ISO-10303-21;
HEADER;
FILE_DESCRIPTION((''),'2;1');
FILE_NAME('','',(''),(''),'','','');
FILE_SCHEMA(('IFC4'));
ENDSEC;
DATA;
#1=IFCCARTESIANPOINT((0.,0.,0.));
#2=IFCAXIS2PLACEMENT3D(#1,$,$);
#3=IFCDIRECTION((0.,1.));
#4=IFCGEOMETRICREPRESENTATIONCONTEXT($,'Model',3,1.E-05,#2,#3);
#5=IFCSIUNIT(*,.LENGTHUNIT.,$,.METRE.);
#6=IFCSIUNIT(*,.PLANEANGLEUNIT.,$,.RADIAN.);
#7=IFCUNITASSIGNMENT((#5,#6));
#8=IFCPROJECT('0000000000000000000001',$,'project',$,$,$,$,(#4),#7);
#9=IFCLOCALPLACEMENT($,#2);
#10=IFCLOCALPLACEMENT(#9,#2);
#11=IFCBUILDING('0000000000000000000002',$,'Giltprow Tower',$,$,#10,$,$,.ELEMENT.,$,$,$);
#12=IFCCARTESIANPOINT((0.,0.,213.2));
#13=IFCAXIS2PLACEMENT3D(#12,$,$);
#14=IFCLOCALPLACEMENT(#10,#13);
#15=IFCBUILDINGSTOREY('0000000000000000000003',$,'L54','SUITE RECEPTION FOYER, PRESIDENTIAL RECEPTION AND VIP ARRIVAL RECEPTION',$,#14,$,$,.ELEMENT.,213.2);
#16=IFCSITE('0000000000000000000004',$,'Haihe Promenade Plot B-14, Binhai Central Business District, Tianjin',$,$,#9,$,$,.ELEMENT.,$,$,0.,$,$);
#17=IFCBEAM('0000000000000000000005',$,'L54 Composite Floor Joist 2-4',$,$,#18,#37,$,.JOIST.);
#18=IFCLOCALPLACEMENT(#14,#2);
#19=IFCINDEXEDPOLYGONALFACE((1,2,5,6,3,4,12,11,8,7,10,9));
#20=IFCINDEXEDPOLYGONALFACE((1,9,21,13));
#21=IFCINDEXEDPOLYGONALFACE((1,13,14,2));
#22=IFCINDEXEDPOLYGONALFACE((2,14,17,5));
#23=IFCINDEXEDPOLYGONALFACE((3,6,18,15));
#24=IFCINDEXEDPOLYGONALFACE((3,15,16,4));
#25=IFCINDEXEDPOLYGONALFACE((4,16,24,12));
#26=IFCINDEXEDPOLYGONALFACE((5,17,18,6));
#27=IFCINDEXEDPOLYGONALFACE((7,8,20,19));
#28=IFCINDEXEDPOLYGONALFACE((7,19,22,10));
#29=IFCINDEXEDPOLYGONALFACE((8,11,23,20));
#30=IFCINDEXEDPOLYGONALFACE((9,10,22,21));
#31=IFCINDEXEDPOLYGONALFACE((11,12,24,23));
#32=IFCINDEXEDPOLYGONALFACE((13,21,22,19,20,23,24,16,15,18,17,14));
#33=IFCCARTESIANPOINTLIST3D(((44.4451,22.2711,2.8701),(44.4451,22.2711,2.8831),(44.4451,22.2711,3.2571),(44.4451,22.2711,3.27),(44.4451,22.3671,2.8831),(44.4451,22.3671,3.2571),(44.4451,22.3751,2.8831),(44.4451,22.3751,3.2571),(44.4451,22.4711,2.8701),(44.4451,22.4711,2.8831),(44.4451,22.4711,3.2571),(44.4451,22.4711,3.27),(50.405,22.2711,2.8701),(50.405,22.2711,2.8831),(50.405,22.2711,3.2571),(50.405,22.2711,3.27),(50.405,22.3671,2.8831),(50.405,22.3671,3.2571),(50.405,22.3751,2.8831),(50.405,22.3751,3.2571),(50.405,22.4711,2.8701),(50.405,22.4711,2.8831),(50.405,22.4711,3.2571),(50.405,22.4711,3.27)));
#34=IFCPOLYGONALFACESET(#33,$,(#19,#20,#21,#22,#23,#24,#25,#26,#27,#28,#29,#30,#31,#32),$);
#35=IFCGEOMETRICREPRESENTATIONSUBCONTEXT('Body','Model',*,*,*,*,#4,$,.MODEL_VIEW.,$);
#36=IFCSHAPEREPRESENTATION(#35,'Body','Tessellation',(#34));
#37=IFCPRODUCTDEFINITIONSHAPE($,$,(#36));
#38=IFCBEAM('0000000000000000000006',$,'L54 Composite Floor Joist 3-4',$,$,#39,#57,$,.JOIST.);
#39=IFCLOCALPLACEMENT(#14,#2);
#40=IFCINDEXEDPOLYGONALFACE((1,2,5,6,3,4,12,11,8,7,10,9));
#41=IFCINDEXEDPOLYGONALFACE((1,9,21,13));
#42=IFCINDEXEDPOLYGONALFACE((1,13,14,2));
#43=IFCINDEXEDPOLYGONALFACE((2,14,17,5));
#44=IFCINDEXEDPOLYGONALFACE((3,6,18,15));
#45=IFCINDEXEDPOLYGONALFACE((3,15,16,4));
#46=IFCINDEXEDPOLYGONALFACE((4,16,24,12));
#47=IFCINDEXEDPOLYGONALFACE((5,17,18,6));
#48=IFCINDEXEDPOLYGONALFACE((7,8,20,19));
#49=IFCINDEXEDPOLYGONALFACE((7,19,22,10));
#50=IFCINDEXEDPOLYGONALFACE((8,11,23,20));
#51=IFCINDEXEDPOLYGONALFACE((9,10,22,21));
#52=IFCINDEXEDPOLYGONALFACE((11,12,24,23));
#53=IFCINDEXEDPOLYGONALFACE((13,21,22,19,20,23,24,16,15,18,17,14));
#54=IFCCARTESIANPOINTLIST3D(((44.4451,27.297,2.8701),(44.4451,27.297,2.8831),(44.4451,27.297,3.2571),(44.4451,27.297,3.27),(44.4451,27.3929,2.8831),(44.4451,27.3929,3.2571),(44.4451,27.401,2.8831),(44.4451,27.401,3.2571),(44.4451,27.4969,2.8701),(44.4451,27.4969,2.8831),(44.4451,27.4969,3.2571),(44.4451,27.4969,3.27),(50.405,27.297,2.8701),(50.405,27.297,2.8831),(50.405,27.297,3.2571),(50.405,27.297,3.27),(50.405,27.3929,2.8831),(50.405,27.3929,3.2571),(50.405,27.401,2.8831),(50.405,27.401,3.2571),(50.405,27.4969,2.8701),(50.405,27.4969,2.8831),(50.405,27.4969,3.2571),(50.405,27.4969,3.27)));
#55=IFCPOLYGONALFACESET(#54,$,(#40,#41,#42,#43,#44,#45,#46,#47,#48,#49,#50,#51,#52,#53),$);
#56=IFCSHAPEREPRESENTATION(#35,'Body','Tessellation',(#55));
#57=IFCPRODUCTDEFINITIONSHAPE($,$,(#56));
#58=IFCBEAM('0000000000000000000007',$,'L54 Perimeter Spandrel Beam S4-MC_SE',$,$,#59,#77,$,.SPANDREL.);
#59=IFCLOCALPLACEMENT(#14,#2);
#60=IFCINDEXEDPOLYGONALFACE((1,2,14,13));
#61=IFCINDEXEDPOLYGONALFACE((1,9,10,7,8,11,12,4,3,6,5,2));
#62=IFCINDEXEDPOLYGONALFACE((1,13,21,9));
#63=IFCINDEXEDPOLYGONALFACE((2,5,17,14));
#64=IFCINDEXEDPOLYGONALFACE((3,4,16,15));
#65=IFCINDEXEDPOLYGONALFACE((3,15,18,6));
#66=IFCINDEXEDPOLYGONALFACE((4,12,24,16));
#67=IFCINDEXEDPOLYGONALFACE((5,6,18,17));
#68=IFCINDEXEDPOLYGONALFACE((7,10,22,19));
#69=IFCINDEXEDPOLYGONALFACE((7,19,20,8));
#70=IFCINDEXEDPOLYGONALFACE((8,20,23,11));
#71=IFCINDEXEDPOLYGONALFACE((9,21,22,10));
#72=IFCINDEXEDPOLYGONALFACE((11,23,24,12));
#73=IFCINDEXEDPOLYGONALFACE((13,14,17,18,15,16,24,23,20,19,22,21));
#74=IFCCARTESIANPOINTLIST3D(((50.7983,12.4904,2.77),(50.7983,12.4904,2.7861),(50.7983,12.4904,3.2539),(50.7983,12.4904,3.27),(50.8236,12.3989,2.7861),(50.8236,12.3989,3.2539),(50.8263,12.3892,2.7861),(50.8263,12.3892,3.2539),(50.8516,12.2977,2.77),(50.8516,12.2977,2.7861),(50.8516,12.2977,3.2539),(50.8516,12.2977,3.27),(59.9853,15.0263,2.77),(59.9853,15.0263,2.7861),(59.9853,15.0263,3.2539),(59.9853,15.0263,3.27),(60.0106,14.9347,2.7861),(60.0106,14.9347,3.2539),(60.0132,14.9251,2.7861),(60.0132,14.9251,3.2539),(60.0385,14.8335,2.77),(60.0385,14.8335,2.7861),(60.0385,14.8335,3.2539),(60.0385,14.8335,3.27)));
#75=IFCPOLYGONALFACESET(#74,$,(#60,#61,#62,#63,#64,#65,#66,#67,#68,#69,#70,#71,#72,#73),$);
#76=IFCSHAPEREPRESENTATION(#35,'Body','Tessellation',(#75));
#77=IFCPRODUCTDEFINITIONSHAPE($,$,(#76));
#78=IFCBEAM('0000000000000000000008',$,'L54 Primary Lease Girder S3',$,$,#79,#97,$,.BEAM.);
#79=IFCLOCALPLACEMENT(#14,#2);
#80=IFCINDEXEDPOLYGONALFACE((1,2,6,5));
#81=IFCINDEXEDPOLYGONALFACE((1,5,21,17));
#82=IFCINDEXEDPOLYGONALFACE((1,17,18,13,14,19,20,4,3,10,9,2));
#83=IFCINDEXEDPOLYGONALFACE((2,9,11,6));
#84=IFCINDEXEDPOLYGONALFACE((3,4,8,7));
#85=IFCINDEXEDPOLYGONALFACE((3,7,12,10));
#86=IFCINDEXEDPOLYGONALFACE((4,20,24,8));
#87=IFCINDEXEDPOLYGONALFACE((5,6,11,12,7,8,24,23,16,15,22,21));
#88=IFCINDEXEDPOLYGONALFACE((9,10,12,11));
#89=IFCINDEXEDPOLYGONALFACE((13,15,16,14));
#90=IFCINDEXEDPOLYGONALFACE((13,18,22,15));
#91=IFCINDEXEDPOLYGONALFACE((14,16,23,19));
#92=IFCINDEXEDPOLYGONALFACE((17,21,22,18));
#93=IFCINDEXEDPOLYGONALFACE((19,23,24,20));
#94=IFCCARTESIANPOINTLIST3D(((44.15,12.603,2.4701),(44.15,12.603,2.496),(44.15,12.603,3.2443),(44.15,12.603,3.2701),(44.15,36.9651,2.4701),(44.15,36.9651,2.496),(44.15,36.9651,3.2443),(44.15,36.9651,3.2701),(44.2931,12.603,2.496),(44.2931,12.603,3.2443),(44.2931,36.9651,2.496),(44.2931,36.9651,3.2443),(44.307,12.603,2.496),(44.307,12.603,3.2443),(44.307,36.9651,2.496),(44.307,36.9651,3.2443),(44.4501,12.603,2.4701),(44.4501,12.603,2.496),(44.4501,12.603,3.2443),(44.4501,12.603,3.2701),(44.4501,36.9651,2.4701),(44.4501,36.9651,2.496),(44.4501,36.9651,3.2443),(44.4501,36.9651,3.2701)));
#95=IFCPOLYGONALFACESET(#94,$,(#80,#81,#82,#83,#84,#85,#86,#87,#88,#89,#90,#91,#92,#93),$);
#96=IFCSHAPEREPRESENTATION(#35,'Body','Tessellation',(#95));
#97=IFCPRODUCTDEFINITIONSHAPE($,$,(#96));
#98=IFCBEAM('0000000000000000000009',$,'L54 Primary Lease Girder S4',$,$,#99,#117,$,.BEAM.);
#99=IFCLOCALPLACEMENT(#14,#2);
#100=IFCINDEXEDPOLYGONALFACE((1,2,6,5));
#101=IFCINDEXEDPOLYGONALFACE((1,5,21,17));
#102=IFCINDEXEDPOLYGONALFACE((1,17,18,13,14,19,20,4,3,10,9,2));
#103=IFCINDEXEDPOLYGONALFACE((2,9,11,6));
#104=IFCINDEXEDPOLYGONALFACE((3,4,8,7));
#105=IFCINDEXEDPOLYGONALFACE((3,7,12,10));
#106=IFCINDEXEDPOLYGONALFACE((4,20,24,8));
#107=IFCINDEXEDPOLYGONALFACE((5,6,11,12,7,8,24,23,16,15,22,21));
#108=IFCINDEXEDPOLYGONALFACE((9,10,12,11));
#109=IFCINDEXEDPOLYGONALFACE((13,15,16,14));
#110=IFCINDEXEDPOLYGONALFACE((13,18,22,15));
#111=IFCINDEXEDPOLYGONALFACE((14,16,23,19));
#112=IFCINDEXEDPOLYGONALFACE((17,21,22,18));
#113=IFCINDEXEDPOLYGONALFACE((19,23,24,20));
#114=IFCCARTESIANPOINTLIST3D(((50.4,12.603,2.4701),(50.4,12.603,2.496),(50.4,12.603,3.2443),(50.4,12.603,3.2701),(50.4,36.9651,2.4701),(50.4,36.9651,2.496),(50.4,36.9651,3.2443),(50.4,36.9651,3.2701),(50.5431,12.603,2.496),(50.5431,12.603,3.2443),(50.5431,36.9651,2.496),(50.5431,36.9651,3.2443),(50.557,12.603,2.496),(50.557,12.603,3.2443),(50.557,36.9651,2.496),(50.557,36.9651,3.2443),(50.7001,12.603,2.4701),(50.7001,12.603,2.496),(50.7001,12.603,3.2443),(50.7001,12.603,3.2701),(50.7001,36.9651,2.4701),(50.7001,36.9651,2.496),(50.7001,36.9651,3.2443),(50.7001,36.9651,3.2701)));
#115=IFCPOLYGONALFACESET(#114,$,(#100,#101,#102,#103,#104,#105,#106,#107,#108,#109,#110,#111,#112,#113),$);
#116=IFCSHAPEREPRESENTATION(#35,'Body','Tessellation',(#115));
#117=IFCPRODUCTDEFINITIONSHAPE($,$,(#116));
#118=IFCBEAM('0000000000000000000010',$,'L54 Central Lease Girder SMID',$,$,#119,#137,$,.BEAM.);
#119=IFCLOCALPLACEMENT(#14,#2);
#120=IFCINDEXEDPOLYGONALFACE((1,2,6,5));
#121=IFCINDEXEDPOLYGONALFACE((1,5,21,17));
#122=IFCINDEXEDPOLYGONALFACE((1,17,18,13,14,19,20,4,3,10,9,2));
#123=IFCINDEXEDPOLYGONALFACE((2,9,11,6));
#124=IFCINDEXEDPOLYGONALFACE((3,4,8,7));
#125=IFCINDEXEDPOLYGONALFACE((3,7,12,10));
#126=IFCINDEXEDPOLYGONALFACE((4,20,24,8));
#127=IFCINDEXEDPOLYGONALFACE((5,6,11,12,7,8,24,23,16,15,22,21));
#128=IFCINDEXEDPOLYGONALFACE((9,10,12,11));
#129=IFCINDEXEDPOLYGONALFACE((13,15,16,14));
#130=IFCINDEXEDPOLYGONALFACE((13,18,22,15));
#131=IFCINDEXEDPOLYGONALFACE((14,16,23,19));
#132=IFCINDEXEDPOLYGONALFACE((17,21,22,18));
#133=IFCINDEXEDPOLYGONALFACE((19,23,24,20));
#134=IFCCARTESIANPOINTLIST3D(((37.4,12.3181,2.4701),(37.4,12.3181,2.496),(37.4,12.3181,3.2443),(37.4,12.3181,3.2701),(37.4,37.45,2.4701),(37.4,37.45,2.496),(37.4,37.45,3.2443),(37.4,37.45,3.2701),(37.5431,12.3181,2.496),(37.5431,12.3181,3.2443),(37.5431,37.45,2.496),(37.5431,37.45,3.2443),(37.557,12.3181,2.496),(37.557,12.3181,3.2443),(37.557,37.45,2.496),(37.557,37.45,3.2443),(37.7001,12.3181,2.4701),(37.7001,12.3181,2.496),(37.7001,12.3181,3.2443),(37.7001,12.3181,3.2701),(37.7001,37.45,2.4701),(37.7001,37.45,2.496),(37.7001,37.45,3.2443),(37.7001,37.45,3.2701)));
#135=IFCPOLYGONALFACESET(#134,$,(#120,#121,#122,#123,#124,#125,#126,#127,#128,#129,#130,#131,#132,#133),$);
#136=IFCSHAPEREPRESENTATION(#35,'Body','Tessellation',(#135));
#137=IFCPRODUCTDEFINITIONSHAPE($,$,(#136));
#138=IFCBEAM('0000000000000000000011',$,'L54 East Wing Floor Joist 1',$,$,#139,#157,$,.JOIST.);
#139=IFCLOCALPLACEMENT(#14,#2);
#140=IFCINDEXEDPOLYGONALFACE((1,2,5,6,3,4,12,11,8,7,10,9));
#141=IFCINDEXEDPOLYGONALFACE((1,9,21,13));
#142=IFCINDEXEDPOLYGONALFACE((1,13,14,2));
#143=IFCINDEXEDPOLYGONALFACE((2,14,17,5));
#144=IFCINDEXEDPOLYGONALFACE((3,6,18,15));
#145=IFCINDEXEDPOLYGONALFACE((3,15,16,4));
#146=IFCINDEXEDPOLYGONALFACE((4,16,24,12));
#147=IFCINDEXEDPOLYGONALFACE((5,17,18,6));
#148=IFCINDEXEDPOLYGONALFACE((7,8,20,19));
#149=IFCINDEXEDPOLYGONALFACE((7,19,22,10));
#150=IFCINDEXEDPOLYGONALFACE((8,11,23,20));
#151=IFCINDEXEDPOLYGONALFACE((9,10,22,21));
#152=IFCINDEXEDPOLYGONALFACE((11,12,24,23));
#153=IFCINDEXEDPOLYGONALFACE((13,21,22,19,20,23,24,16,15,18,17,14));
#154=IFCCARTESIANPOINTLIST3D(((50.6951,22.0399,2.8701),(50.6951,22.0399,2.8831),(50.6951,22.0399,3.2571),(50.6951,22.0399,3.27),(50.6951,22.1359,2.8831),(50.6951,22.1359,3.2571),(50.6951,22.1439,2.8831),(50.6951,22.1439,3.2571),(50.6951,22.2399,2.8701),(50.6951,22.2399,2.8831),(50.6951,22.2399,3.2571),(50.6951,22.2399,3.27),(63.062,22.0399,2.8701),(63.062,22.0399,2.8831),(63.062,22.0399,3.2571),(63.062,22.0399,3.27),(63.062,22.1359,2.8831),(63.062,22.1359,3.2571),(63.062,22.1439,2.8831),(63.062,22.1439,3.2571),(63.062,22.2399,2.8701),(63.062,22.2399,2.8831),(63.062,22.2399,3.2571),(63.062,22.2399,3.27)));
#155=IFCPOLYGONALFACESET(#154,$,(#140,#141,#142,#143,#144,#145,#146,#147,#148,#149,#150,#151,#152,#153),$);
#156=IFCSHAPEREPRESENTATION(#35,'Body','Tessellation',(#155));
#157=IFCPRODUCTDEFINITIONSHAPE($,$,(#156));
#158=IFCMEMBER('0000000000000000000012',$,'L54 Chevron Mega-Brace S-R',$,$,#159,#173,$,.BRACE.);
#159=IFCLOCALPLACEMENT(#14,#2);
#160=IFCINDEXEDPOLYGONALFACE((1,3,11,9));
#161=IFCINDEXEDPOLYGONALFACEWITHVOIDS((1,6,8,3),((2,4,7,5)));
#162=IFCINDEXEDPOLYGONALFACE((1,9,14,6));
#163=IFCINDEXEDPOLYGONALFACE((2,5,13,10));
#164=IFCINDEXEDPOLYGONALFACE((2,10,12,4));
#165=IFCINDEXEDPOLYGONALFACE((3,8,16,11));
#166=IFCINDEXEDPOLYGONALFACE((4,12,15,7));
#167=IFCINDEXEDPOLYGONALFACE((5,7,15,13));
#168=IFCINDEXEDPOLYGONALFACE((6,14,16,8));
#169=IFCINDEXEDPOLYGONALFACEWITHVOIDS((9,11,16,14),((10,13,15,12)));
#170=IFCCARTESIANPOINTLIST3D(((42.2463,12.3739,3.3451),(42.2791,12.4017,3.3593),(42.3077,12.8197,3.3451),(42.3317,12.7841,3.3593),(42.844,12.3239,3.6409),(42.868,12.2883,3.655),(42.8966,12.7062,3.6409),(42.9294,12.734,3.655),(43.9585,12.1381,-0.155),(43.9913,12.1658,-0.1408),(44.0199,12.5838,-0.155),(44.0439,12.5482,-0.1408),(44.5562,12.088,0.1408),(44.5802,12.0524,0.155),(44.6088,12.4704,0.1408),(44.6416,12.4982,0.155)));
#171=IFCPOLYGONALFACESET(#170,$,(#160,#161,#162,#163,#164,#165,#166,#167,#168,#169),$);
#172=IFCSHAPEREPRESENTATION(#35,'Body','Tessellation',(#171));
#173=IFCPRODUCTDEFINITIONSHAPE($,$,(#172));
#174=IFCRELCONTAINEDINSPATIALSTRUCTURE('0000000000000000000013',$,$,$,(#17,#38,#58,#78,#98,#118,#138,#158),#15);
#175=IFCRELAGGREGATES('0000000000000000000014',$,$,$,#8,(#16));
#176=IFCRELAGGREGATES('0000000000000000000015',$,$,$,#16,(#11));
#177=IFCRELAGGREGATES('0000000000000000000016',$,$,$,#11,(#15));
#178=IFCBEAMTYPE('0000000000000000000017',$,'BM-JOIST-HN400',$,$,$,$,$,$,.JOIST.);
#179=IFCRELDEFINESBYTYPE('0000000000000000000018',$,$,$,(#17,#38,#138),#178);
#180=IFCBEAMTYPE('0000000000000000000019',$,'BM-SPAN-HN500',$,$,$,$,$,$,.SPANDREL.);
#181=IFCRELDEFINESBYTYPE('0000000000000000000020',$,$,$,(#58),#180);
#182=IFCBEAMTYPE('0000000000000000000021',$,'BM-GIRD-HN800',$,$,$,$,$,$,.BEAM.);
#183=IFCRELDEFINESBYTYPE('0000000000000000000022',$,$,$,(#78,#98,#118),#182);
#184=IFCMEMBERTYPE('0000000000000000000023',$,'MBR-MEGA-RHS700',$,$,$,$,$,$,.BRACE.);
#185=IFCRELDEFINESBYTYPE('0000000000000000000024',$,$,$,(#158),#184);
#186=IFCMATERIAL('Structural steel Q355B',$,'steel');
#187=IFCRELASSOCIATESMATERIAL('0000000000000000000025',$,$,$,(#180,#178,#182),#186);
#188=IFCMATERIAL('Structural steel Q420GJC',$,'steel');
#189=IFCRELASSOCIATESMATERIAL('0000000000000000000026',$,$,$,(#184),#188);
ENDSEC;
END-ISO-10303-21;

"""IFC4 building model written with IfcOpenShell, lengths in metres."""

from ifc_helpers import new_model, si_unit, direction, frame, origin, origin_2d, place, context, subcontext, project, spatial, hollow_rectangle, i_section, extrude, source, transform, mapped, material, material_profile, profile_set, type_object, element, save


model = new_model("IFC4")

# Units and contexts
model_context = context("Model", 3, precision=1e-05, world=origin(), true_north=direction((0.0, 1.0)))
body_context = subcontext(model_context, "Body", "Model", "MODEL_VIEW")
ifc_project = project(units=[si_unit("LENGTHUNIT", "METRE"), si_unit("PLANEANGLEUNIT", "RADIAN")], contexts=[model_context])

# Site, building, storey
site_placement = place(None, origin())
site = spatial("IfcSite", under=ifc_project, at=site_placement, Name="Haihe Promenade Plot B-14, Binhai Central Business District, Tianjin", CompositionType="ELEMENT", RefElevation=0.0)
building_placement = place(site_placement, origin())
building = spatial("IfcBuilding", under=site, at=building_placement, Name="Giltprow Tower", CompositionType="ELEMENT")
storey_placement = place(building_placement, frame((0.0, 0.0, 213.2)))
storey = spatial("IfcBuildingStorey", under=building, at=storey_placement, Name="L54", Description="SUITE RECEPTION FOYER, PRESIDENTIAL RECEPTION AND VIP ARRIVAL RECEPTION", CompositionType="ELEMENT", Elevation=213.2)

# Shared definitions
ifc_material_1 = material(Name="Structural steel Q355B", Category="steel")

# Beams
ifc_material_profile_1 = material_profile(ifc_material_1, i_section(OverallWidth=0.2, OverallDepth=0.5, WebThickness=0.01, FlangeThickness=0.0161, at=origin_2d()), Name="HN 500x200x10x16")
ifc_profile_set_1 = profile_set([ifc_material_profile_1], Name="Structural steel Q355B")
beam_type_1 = type_object("IfcBeamType", Name="BM-SPAN-HN500", PredefinedType="SPANDREL", material=ifc_profile_set_1)
ifc_material_profile_2 = material_profile(ifc_material_1, i_section(OverallWidth=0.2, OverallDepth=0.3999, WebThickness=0.0081, FlangeThickness=0.0129, at=origin_2d()), Name="HN 400x200x8x13")
ifc_profile_set_2 = profile_set([ifc_material_profile_2], Name="Structural steel Q355B")
beam_type_2 = type_object("IfcBeamType", Name="BM-JOIST-HN400", PredefinedType="JOIST", material=ifc_profile_set_2)
shared_shape_1 = source(origin(), body_context, "Body", "SweptSolid", [
    extrude(i_section(OverallWidth=0.2, OverallDepth=0.3999, WebThickness=0.0081, FlangeThickness=0.0129, at=origin_2d()), origin(), (0.0, 0.0, 1.0), 5.96),
])
for number, where, z_axis, x_axis, name in (
    (1, (44.4451, 22.3711, 3.0701), (1.0, 0.0, 0.0), (0.0, 1.0, 0.0), "L54 Composite Floor Joist 2-4"),
    (2, (44.4451, 27.397, 3.0701), (1.0, 0.0, 0.0), (0.0, 1.0, 0.0), "L54 Composite Floor Joist 3-4"),
):
    element("IfcBeam", number, at=place(storey_placement, frame(where, z_axis=z_axis, x_axis=x_axis)), inside=storey, type_object=beam_type_2, Name=name, PredefinedType="JOIST", context=body_context, shape_type="MappedRepresentation", body=[
        mapped(shared_shape_1, transform((0.0, 0.0, 0.0), x_axis=(1.0, 0.0, 0.0), y_axis=(0.0, 1.0, 0.0), z_axis=(0.0, 0.0, 1.0), scale=1.0)),
    ])
shared_shape_2 = source(origin(), body_context, "Body", "SweptSolid", [
    extrude(i_section(OverallWidth=0.2, OverallDepth=0.5, WebThickness=0.01, FlangeThickness=0.0161, at=origin_2d()), origin(), (0.0, 0.0, 1.0), 9.5305),
])
beam_1_placement = place(storey_placement, frame((50.825, 12.394, 3.02), z_axis=(0.963951, 0.266079, 0.0), x_axis=(-0.266079, 0.963951, 0.0)))
element("IfcBeam", 3, at=beam_1_placement, inside=storey, type_object=beam_type_1, Name="L54 Perimeter Spandrel Beam S4-MC_SE", PredefinedType="SPANDREL", context=body_context, shape_type="MappedRepresentation", body=[
    mapped(shared_shape_2, transform((0.0, 0.0, 0.0), x_axis=(1.0, 0.0, 0.0), y_axis=(0.0, 1.0, 0.0), z_axis=(0.0, 0.0, 1.0), scale=1.0)),
])
ifc_material_profile_3 = material_profile(ifc_material_1, i_section(OverallWidth=0.3, OverallDepth=0.8, WebThickness=0.0139, FlangeThickness=0.0259, at=origin_2d()), Name="HN 800x300x14x26")
ifc_profile_set_3 = profile_set([ifc_material_profile_3], Name="Structural steel Q355B")
beam_type_3 = type_object("IfcBeamType", Name="BM-GIRD-HN800", PredefinedType="BEAM", material=ifc_profile_set_3)
shared_shape_3 = source(origin(), body_context, "Body", "SweptSolid", [
    extrude(i_section(OverallWidth=0.3, OverallDepth=0.8, WebThickness=0.0139, FlangeThickness=0.0259, at=origin_2d()), origin(), (0.0, 0.0, 1.0), 24.3621),
])
for number, where, z_axis, x_axis, name in (
    (4, (44.3, 12.603, 2.8701), (0.0, 1.0, 0.0), (-1.0, 0.0, 0.0), "L54 Primary Lease Girder S3"),
    (5, (50.55, 12.603, 2.8701), (0.0, 1.0, 0.0), (-1.0, 0.0, 0.0), "L54 Primary Lease Girder S4"),
):
    element("IfcBeam", number, at=place(storey_placement, frame(where, z_axis=z_axis, x_axis=x_axis)), inside=storey, type_object=beam_type_3, Name=name, PredefinedType="BEAM", context=body_context, shape_type="MappedRepresentation", body=[
        mapped(shared_shape_3, transform((0.0, 0.0, 0.0), x_axis=(1.0, 0.0, 0.0), y_axis=(0.0, 1.0, 0.0), z_axis=(0.0, 0.0, 1.0), scale=1.0)),
    ])
shared_shape_4 = source(origin(), body_context, "Body", "SweptSolid", [
    extrude(i_section(OverallWidth=0.3, OverallDepth=0.8, WebThickness=0.0139, FlangeThickness=0.0259, at=origin_2d()), origin(), (0.0, 0.0, 1.0), 25.1318),
])
beam_2_placement = place(storey_placement, frame((37.55, 12.3181, 2.8701), z_axis=(0.0, 1.0, 0.0), x_axis=(-1.0, 0.0, 0.0)))
element("IfcBeam", 6, at=beam_2_placement, inside=storey, type_object=beam_type_3, Name="L54 Central Lease Girder SMID", PredefinedType="BEAM", context=body_context, shape_type="MappedRepresentation", body=[
    mapped(shared_shape_4, transform((0.0, 0.0, 0.0), x_axis=(1.0, 0.0, 0.0), y_axis=(0.0, 1.0, 0.0), z_axis=(0.0, 0.0, 1.0), scale=1.0)),
])
shared_shape_5 = source(origin(), body_context, "Body", "SweptSolid", [
    extrude(i_section(OverallWidth=0.2, OverallDepth=0.3999, WebThickness=0.0081, FlangeThickness=0.0129, at=origin_2d()), origin(), (0.0, 0.0, 1.0), 12.3669),
])
beam_3_placement = place(storey_placement, frame((50.6951, 22.1399, 3.0701), z_axis=(1.0, 0.0, 0.0), x_axis=(0.0, 1.0, 0.0)))
element("IfcBeam", 7, at=beam_3_placement, inside=storey, type_object=beam_type_2, Name="L54 East Wing Floor Joist 1", PredefinedType="JOIST", context=body_context, shape_type="MappedRepresentation", body=[
    mapped(shared_shape_5, transform((0.0, 0.0, 0.0), x_axis=(1.0, 0.0, 0.0), y_axis=(0.0, 1.0, 0.0), z_axis=(0.0, 0.0, 1.0), scale=1.0)),
])

# Member
ifc_material_2 = material(Name="Structural steel Q420GJC", Category="steel")
ifc_material_profile_4 = material_profile(ifc_material_2, hollow_rectangle(XDim=0.45, YDim=0.7, WallThickness=0.032, at=origin_2d()), Name="RHS 700x450x32")
ifc_profile_set_4 = profile_set([ifc_material_profile_4], Name="Structural steel Q420GJC")
member_type_1 = type_object("IfcMemberType", Name="MBR-MEGA-RHS700", PredefinedType="BRACE", material=ifc_profile_set_4)
shared_shape_6 = source(origin(), body_context, "Body", "SweptSolid", [
    extrude(hollow_rectangle(XDim=0.45, YDim=0.7, WallThickness=0.032, at=origin_2d()), origin(), (0.0, 0.0, 1.0), 3.9036),
])
member_1_placement = place(storey_placement, frame((44.3, 12.3181, 0.0), z_axis=(-0.438624, 0.060418, 0.896637), x_axis=(-0.136456, -0.990646, 0.0)))
element("IfcMember", 8, at=member_1_placement, inside=storey, type_object=member_type_1, Name="L54 Chevron Mega-Brace S-R", PredefinedType="BRACE", context=body_context, shape_type="MappedRepresentation", body=[
    mapped(shared_shape_6, transform((0.0, 0.0, 0.0), x_axis=(1.0, 0.0, 0.0), y_axis=(0.0, 1.0, 0.0), z_axis=(0.0, 0.0, 1.0), scale=1.0)),
])

save(model, "model.ifc")
